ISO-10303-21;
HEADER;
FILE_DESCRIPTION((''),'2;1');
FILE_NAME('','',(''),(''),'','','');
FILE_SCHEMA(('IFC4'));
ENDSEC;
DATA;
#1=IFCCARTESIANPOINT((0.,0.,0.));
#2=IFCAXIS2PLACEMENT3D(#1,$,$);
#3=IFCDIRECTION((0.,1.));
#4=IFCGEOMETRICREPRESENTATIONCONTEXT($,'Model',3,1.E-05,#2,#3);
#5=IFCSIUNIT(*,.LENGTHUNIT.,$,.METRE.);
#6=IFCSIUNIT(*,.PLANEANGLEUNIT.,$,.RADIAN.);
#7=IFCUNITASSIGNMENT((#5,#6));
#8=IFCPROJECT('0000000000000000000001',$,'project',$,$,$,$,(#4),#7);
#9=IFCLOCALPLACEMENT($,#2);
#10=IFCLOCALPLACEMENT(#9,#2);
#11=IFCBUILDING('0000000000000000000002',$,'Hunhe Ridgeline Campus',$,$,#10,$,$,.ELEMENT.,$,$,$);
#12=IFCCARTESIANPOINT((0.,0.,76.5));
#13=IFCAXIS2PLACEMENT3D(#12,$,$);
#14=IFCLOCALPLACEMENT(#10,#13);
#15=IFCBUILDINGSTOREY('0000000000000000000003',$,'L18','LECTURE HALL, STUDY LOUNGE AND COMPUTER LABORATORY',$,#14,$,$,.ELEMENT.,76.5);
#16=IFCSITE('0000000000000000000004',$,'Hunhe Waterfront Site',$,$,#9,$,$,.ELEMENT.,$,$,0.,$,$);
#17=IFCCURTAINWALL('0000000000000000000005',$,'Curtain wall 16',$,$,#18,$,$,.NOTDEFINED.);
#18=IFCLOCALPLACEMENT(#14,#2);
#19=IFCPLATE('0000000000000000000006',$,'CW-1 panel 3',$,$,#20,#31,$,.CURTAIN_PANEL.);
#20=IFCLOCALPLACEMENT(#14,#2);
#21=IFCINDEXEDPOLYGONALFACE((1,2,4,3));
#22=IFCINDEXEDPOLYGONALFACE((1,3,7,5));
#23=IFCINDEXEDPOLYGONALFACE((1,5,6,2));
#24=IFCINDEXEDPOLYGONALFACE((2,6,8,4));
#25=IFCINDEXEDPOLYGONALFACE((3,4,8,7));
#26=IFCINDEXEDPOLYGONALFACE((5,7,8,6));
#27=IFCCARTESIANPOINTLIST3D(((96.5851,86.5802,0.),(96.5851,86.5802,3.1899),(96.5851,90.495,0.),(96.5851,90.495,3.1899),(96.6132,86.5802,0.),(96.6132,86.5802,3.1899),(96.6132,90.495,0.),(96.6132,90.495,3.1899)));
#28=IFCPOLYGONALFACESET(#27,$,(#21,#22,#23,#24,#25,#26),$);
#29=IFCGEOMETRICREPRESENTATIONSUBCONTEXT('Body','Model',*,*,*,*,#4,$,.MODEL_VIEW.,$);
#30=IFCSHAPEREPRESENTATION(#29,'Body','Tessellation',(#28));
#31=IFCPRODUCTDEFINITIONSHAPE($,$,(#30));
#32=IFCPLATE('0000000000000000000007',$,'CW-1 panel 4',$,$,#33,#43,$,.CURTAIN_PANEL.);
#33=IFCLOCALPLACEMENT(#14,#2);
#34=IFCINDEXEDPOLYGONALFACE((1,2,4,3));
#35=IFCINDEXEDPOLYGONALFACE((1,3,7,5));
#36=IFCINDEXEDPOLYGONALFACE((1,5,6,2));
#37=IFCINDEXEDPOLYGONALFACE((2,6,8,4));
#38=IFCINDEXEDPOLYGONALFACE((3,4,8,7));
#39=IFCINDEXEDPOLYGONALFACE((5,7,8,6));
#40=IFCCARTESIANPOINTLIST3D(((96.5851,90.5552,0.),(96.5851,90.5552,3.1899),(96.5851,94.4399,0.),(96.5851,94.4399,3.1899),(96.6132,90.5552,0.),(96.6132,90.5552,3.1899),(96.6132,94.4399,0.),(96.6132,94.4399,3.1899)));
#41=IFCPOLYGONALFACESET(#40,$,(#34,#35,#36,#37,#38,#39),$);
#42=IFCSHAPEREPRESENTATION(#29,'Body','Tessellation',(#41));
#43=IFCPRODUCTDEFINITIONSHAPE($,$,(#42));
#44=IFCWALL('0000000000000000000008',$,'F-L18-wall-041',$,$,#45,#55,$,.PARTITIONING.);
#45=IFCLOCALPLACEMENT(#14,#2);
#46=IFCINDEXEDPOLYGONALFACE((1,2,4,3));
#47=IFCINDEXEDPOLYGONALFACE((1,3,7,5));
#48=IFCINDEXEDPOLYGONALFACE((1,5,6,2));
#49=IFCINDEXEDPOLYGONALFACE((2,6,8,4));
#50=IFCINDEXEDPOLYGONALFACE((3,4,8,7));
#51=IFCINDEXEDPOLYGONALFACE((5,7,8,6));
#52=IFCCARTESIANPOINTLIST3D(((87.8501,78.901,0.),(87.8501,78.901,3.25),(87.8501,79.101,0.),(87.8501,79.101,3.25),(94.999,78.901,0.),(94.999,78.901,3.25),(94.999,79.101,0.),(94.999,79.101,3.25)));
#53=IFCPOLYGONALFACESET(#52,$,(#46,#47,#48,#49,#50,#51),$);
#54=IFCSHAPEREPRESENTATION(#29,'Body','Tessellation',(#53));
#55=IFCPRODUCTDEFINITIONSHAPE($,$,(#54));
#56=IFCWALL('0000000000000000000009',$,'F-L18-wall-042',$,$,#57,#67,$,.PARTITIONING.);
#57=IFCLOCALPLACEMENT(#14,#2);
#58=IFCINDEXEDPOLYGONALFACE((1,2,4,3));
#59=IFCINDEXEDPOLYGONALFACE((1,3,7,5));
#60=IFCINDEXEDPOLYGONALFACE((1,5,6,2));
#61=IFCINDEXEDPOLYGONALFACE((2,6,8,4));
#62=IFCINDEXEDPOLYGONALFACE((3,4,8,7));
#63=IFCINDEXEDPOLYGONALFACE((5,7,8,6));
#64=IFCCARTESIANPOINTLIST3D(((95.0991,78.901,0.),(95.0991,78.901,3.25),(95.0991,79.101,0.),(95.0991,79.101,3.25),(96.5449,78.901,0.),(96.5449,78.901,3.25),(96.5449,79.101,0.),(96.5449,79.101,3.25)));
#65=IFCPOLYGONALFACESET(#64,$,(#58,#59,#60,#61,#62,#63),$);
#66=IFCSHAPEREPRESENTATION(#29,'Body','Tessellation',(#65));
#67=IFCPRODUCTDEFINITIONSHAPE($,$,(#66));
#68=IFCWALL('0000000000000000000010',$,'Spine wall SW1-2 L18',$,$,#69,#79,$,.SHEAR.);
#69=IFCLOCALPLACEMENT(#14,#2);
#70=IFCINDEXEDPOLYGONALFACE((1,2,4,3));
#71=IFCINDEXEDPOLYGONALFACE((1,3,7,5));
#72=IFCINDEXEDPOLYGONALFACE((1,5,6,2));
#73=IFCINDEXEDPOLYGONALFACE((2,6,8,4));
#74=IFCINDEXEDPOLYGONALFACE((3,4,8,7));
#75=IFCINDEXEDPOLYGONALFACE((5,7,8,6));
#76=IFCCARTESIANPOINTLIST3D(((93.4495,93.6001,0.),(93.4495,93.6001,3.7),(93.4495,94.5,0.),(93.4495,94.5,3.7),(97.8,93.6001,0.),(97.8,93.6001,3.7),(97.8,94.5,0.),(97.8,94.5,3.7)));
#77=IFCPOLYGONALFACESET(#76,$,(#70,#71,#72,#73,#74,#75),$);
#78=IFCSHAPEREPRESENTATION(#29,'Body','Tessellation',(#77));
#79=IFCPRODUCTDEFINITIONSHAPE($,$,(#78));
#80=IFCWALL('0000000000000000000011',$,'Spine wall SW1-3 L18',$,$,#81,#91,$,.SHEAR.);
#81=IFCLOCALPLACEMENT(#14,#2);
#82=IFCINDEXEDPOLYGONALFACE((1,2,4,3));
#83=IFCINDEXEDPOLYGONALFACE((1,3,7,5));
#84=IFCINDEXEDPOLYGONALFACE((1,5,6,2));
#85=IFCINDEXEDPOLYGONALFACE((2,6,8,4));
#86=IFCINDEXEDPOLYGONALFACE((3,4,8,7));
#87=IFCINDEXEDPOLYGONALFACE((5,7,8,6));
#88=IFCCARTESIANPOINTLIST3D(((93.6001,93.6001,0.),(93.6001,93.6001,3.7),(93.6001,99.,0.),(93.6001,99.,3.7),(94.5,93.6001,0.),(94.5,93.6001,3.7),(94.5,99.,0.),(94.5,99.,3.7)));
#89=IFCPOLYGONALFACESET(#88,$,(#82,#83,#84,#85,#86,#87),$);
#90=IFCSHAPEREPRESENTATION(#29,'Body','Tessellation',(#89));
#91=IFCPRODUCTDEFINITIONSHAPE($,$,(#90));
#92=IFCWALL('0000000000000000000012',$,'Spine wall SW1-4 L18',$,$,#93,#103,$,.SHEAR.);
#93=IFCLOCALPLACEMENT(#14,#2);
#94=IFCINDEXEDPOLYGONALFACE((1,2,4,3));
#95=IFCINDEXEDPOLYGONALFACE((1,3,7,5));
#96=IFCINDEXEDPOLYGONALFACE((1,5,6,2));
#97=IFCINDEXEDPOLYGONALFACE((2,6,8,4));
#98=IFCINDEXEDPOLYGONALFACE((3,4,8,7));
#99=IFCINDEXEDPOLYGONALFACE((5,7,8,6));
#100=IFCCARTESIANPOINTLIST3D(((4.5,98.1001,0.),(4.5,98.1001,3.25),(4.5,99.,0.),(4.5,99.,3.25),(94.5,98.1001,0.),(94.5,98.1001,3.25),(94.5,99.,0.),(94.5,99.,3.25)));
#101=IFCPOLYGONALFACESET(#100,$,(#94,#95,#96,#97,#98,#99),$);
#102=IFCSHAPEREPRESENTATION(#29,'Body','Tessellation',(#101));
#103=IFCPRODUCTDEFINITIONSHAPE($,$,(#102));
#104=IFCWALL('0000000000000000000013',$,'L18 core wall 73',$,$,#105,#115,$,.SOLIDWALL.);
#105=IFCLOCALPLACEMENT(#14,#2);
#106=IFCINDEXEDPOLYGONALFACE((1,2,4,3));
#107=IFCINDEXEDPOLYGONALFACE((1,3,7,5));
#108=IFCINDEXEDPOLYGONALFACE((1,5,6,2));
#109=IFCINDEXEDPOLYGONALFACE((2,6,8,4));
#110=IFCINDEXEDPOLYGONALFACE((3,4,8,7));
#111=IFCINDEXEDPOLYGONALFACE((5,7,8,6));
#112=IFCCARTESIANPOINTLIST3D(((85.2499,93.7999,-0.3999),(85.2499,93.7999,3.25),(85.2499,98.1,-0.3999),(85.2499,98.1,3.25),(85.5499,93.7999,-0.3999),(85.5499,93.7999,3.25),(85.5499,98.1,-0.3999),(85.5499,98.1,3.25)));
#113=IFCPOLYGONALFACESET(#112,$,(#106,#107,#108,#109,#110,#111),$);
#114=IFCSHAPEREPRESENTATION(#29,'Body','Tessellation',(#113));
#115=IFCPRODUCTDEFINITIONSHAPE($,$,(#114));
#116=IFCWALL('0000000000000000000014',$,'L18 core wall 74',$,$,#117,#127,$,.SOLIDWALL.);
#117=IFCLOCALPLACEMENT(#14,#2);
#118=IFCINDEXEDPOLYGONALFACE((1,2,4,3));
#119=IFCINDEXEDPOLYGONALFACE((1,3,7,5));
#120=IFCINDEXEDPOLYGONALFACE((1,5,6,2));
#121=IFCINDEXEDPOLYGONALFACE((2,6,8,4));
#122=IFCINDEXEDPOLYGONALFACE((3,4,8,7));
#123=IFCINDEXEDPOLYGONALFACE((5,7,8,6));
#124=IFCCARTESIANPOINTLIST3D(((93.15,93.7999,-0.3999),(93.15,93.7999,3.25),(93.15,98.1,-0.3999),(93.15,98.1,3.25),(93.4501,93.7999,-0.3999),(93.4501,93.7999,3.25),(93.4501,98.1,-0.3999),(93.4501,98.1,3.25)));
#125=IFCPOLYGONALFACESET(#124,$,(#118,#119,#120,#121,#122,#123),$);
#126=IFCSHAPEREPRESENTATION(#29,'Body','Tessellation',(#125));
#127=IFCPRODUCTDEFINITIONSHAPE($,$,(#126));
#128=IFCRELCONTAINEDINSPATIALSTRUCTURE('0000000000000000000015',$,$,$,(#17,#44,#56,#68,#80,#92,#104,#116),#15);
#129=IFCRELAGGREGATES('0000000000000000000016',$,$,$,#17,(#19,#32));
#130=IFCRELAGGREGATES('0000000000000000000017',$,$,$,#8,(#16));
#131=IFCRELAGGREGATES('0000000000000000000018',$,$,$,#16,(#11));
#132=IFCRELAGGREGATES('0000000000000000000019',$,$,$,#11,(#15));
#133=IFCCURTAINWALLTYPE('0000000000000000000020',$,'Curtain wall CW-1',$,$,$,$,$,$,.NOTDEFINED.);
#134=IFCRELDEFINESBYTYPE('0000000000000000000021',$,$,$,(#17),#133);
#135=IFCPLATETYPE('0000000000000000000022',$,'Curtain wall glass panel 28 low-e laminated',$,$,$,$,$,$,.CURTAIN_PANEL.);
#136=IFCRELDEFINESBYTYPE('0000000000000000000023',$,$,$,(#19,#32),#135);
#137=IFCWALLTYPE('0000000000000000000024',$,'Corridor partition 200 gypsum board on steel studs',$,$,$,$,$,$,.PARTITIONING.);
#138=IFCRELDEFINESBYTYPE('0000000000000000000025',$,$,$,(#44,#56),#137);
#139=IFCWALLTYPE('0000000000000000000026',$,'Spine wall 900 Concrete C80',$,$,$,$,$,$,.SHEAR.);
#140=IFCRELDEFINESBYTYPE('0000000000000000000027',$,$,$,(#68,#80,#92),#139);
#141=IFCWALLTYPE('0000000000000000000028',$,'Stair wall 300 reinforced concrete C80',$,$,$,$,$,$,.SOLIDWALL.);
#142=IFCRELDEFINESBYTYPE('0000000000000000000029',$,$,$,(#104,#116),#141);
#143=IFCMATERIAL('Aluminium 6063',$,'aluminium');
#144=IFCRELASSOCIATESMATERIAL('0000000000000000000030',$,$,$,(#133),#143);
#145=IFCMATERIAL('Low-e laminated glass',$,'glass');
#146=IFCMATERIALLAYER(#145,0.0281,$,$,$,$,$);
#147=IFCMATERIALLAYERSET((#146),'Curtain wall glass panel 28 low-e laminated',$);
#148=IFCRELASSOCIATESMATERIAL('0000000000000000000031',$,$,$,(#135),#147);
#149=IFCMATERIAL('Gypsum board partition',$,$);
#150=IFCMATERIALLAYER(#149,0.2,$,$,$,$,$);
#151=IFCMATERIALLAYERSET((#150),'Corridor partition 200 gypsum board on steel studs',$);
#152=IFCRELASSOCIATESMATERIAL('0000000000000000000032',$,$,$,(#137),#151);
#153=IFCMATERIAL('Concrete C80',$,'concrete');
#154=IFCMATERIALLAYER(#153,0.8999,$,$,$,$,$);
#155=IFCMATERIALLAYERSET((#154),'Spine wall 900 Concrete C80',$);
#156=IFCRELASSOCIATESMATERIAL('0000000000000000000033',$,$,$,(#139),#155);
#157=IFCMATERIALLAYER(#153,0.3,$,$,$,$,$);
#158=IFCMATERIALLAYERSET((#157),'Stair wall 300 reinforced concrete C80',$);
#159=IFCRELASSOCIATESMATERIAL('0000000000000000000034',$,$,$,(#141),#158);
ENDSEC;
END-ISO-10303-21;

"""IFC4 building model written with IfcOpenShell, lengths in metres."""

from ifc_helpers import new_model, si_unit, direction, frame, frame_2d, origin, origin_2d, place, context, subcontext, project, spatial, rectangle, extrude, material, layer, layer_set, type_object, element, aggregate, save


model = new_model("IFC4")

# Units and contexts
model_context = context("Model", 3, precision=1e-05, world=origin(), true_north=direction((0.0, 1.0)))
body_context = subcontext(model_context, "Body", "Model", "MODEL_VIEW")
ifc_project = project(units=[si_unit("LENGTHUNIT", "METRE"), si_unit("PLANEANGLEUNIT", "RADIAN")], contexts=[model_context])

# Site, building, storey
site_placement = place(None, origin())
site = spatial("IfcSite", under=ifc_project, at=site_placement, Name="Hunhe Waterfront Site", CompositionType="ELEMENT", RefElevation=0.0)
building_placement = place(site_placement, origin())
building = spatial("IfcBuilding", under=site, at=building_placement, Name="Hunhe Ridgeline Campus", CompositionType="ELEMENT")
storey_placement = place(building_placement, frame((0.0, 0.0, 76.5)))
storey = spatial("IfcBuildingStorey", under=building, at=storey_placement, Name="L18", Description="LECTURE HALL, STUDY LOUNGE AND COMPUTER LABORATORY", CompositionType="ELEMENT", Elevation=76.5)

# Shared definitions
ifc_material_1 = material(Name="Concrete C80", Category="concrete")

# Curtain wall
ifc_material_2 = material(Name="Aluminium 6063", Category="aluminium")
curtain_wall_type = type_object("IfcCurtainWallType", Name="Curtain wall CW-1", PredefinedType="NOTDEFINED", material=ifc_material_2)
curtain_wall_placement = place(storey_placement, origin())
curtain_wall = element("IfcCurtainWall", 1, at=curtain_wall_placement, inside=storey, type_object=curtain_wall_type, Name="Curtain wall 16", PredefinedType="NOTDEFINED")

# Plates
ifc_material_3 = material(Name="Low-e laminated glass", Category="glass")
ifc_layer_1 = layer(ifc_material_3, 0.0281)
ifc_layer_set_1 = layer_set([ifc_layer_1], Name="Curtain wall glass panel 28 low-e laminated")
plate_type = type_object("IfcPlateType", Name="Curtain wall glass panel 28 low-e laminated", PredefinedType="CURTAIN_PANEL", material=ifc_layer_set_1)
plate_1_placement = place(storey_placement, frame((96.5991, 88.5376, 0.0), z_axis=(0.0, 0.0, 1.0), x_axis=(0.0, 1.0, 0.0)))
plate_1 = element("IfcPlate", 2, at=plate_1_placement, type_object=plate_type, Name="CW-1 panel 3", PredefinedType="CURTAIN_PANEL", context=body_context, shape_type="SweptSolid", body=[
    extrude(rectangle(XDim=3.9148, YDim=0.0281, at=origin_2d()), origin(), (0.0, 0.0, 1.0), 3.1899),
])
plate_2_placement = place(storey_placement, frame((96.5991, 92.4976, 0.0), z_axis=(0.0, 0.0, 1.0), x_axis=(0.0, 1.0, 0.0)))
plate_2 = element("IfcPlate", 3, at=plate_2_placement, type_object=plate_type, Name="CW-1 panel 4", PredefinedType="CURTAIN_PANEL", context=body_context, shape_type="SweptSolid", body=[
    extrude(rectangle(XDim=3.8848, YDim=0.0281, at=origin_2d()), origin(), (0.0, 0.0, 1.0), 3.1899),
])
aggregate(curtain_wall, [plate_1, plate_2])

# Walls
ifc_material_4 = material(Name="Gypsum board partition")
ifc_layer_2 = layer(ifc_material_4, 0.2)
ifc_layer_set_2 = layer_set([ifc_layer_2], Name="Corridor partition 200 gypsum board on steel studs")
wall_type_1 = type_object("IfcWallType", Name="Corridor partition 200 gypsum board on steel studs", PredefinedType="PARTITIONING", material=ifc_layer_set_2)
wall_1_placement = place(storey_placement, frame((87.8501, 79.001, 0.0), z_axis=(0.0, 0.0, 1.0), x_axis=(1.0, 0.0, 0.0)))
element("IfcWall", 4, at=wall_1_placement, inside=storey, type_object=wall_type_1, Name="F-L18-wall-041", PredefinedType="PARTITIONING", context=body_context, shape_type="SweptSolid", body=[
    extrude(rectangle(XDim=7.1489, YDim=0.2, at=frame_2d((3.5745, 0.0))), origin(), (0.0, 0.0, 1.0), 3.25),
])
wall_2_placement = place(storey_placement, frame((95.0991, 79.001, 0.0), z_axis=(0.0, 0.0, 1.0), x_axis=(1.0, 0.0, 0.0)))
element("IfcWall", 5, at=wall_2_placement, inside=storey, type_object=wall_type_1, Name="F-L18-wall-042", PredefinedType="PARTITIONING", context=body_context, shape_type="SweptSolid", body=[
    extrude(rectangle(XDim=1.4458, YDim=0.2, at=frame_2d((0.7229, 0.0))), origin(), (0.0, 0.0, 1.0), 3.25),
])

# Walls
ifc_layer_3 = layer(ifc_material_1, 0.8999)
ifc_layer_set_3 = layer_set([ifc_layer_3], Name="Spine wall 900 Concrete C80")
wall_type_2 = type_object("IfcWallType", Name="Spine wall 900 Concrete C80", PredefinedType="SHEAR", material=ifc_layer_set_3)
wall_3_placement = place(storey_placement, frame((97.8, 94.05, 0.0), z_axis=(0.0, 0.0, 1.0), x_axis=(-1.0, 0.0, 0.0)))
element("IfcWall", 6, at=wall_3_placement, inside=storey, type_object=wall_type_2, Name="Spine wall SW1-2 L18", PredefinedType="SHEAR", context=body_context, shape_type="SweptSolid", body=[
    extrude(rectangle(XDim=4.3506, YDim=0.8999, at=frame_2d((2.1753, 0.0))), origin(), (0.0, 0.0, 1.0), 3.7),
])
wall_4_placement = place(storey_placement, frame((94.05, 93.6001, 0.0), z_axis=(0.0, 0.0, 1.0), x_axis=(0.0, 1.0, 0.0)))
element("IfcWall", 7, at=wall_4_placement, inside=storey, type_object=wall_type_2, Name="Spine wall SW1-3 L18", PredefinedType="SHEAR", context=body_context, shape_type="SweptSolid", body=[
    extrude(rectangle(XDim=5.3999, YDim=0.8999, at=frame_2d((2.7, 0.0))), origin(), (0.0, 0.0, 1.0), 3.7),
])
wall_5_placement = place(storey_placement, frame((94.5, 98.55, 0.0), z_axis=(0.0, 0.0, 1.0), x_axis=(-1.0, 0.0, 0.0)))
element("IfcWall", 8, at=wall_5_placement, inside=storey, type_object=wall_type_2, Name="Spine wall SW1-4 L18", PredefinedType="SHEAR", context=body_context, shape_type="SweptSolid", body=[
    extrude(rectangle(XDim=90.0, YDim=0.8999, at=frame_2d((45.0, 0.0))), origin(), (0.0, 0.0, 1.0), 3.25),
])

# Shared definitions
ifc_layer_4 = layer(ifc_material_1, 0.3)
ifc_layer_set_4 = layer_set([ifc_layer_4], Name="Stair wall 300 reinforced concrete C80")
wall_type_3 = type_object("IfcWallType", Name="Stair wall 300 reinforced concrete C80", PredefinedType="SOLIDWALL", material=ifc_layer_set_4)

# Walls
for number, where, z_axis, x_axis, name in (
    (9, (85.3999, 93.8, -0.3999), (0.0, 0.0, 1.0), (0.0, 1.0, 0.0), "L18 core wall 73"),
    (10, (93.3, 93.8, -0.3999), (0.0, 0.0, 1.0), (0.0, 1.0, 0.0), "L18 core wall 74"),
):
    element("IfcWall", number, at=place(storey_placement, frame(where, z_axis=z_axis, x_axis=x_axis)), inside=storey, type_object=wall_type_3, Name=name, PredefinedType="SOLIDWALL", context=body_context, shape_type="SweptSolid", body=[
        extrude(rectangle(XDim=4.3, YDim=0.3, at=frame_2d((2.1499, 0.0))), origin(), (0.0, 0.0, 1.0), 3.6499),
    ])

save(model, "model.ifc")
